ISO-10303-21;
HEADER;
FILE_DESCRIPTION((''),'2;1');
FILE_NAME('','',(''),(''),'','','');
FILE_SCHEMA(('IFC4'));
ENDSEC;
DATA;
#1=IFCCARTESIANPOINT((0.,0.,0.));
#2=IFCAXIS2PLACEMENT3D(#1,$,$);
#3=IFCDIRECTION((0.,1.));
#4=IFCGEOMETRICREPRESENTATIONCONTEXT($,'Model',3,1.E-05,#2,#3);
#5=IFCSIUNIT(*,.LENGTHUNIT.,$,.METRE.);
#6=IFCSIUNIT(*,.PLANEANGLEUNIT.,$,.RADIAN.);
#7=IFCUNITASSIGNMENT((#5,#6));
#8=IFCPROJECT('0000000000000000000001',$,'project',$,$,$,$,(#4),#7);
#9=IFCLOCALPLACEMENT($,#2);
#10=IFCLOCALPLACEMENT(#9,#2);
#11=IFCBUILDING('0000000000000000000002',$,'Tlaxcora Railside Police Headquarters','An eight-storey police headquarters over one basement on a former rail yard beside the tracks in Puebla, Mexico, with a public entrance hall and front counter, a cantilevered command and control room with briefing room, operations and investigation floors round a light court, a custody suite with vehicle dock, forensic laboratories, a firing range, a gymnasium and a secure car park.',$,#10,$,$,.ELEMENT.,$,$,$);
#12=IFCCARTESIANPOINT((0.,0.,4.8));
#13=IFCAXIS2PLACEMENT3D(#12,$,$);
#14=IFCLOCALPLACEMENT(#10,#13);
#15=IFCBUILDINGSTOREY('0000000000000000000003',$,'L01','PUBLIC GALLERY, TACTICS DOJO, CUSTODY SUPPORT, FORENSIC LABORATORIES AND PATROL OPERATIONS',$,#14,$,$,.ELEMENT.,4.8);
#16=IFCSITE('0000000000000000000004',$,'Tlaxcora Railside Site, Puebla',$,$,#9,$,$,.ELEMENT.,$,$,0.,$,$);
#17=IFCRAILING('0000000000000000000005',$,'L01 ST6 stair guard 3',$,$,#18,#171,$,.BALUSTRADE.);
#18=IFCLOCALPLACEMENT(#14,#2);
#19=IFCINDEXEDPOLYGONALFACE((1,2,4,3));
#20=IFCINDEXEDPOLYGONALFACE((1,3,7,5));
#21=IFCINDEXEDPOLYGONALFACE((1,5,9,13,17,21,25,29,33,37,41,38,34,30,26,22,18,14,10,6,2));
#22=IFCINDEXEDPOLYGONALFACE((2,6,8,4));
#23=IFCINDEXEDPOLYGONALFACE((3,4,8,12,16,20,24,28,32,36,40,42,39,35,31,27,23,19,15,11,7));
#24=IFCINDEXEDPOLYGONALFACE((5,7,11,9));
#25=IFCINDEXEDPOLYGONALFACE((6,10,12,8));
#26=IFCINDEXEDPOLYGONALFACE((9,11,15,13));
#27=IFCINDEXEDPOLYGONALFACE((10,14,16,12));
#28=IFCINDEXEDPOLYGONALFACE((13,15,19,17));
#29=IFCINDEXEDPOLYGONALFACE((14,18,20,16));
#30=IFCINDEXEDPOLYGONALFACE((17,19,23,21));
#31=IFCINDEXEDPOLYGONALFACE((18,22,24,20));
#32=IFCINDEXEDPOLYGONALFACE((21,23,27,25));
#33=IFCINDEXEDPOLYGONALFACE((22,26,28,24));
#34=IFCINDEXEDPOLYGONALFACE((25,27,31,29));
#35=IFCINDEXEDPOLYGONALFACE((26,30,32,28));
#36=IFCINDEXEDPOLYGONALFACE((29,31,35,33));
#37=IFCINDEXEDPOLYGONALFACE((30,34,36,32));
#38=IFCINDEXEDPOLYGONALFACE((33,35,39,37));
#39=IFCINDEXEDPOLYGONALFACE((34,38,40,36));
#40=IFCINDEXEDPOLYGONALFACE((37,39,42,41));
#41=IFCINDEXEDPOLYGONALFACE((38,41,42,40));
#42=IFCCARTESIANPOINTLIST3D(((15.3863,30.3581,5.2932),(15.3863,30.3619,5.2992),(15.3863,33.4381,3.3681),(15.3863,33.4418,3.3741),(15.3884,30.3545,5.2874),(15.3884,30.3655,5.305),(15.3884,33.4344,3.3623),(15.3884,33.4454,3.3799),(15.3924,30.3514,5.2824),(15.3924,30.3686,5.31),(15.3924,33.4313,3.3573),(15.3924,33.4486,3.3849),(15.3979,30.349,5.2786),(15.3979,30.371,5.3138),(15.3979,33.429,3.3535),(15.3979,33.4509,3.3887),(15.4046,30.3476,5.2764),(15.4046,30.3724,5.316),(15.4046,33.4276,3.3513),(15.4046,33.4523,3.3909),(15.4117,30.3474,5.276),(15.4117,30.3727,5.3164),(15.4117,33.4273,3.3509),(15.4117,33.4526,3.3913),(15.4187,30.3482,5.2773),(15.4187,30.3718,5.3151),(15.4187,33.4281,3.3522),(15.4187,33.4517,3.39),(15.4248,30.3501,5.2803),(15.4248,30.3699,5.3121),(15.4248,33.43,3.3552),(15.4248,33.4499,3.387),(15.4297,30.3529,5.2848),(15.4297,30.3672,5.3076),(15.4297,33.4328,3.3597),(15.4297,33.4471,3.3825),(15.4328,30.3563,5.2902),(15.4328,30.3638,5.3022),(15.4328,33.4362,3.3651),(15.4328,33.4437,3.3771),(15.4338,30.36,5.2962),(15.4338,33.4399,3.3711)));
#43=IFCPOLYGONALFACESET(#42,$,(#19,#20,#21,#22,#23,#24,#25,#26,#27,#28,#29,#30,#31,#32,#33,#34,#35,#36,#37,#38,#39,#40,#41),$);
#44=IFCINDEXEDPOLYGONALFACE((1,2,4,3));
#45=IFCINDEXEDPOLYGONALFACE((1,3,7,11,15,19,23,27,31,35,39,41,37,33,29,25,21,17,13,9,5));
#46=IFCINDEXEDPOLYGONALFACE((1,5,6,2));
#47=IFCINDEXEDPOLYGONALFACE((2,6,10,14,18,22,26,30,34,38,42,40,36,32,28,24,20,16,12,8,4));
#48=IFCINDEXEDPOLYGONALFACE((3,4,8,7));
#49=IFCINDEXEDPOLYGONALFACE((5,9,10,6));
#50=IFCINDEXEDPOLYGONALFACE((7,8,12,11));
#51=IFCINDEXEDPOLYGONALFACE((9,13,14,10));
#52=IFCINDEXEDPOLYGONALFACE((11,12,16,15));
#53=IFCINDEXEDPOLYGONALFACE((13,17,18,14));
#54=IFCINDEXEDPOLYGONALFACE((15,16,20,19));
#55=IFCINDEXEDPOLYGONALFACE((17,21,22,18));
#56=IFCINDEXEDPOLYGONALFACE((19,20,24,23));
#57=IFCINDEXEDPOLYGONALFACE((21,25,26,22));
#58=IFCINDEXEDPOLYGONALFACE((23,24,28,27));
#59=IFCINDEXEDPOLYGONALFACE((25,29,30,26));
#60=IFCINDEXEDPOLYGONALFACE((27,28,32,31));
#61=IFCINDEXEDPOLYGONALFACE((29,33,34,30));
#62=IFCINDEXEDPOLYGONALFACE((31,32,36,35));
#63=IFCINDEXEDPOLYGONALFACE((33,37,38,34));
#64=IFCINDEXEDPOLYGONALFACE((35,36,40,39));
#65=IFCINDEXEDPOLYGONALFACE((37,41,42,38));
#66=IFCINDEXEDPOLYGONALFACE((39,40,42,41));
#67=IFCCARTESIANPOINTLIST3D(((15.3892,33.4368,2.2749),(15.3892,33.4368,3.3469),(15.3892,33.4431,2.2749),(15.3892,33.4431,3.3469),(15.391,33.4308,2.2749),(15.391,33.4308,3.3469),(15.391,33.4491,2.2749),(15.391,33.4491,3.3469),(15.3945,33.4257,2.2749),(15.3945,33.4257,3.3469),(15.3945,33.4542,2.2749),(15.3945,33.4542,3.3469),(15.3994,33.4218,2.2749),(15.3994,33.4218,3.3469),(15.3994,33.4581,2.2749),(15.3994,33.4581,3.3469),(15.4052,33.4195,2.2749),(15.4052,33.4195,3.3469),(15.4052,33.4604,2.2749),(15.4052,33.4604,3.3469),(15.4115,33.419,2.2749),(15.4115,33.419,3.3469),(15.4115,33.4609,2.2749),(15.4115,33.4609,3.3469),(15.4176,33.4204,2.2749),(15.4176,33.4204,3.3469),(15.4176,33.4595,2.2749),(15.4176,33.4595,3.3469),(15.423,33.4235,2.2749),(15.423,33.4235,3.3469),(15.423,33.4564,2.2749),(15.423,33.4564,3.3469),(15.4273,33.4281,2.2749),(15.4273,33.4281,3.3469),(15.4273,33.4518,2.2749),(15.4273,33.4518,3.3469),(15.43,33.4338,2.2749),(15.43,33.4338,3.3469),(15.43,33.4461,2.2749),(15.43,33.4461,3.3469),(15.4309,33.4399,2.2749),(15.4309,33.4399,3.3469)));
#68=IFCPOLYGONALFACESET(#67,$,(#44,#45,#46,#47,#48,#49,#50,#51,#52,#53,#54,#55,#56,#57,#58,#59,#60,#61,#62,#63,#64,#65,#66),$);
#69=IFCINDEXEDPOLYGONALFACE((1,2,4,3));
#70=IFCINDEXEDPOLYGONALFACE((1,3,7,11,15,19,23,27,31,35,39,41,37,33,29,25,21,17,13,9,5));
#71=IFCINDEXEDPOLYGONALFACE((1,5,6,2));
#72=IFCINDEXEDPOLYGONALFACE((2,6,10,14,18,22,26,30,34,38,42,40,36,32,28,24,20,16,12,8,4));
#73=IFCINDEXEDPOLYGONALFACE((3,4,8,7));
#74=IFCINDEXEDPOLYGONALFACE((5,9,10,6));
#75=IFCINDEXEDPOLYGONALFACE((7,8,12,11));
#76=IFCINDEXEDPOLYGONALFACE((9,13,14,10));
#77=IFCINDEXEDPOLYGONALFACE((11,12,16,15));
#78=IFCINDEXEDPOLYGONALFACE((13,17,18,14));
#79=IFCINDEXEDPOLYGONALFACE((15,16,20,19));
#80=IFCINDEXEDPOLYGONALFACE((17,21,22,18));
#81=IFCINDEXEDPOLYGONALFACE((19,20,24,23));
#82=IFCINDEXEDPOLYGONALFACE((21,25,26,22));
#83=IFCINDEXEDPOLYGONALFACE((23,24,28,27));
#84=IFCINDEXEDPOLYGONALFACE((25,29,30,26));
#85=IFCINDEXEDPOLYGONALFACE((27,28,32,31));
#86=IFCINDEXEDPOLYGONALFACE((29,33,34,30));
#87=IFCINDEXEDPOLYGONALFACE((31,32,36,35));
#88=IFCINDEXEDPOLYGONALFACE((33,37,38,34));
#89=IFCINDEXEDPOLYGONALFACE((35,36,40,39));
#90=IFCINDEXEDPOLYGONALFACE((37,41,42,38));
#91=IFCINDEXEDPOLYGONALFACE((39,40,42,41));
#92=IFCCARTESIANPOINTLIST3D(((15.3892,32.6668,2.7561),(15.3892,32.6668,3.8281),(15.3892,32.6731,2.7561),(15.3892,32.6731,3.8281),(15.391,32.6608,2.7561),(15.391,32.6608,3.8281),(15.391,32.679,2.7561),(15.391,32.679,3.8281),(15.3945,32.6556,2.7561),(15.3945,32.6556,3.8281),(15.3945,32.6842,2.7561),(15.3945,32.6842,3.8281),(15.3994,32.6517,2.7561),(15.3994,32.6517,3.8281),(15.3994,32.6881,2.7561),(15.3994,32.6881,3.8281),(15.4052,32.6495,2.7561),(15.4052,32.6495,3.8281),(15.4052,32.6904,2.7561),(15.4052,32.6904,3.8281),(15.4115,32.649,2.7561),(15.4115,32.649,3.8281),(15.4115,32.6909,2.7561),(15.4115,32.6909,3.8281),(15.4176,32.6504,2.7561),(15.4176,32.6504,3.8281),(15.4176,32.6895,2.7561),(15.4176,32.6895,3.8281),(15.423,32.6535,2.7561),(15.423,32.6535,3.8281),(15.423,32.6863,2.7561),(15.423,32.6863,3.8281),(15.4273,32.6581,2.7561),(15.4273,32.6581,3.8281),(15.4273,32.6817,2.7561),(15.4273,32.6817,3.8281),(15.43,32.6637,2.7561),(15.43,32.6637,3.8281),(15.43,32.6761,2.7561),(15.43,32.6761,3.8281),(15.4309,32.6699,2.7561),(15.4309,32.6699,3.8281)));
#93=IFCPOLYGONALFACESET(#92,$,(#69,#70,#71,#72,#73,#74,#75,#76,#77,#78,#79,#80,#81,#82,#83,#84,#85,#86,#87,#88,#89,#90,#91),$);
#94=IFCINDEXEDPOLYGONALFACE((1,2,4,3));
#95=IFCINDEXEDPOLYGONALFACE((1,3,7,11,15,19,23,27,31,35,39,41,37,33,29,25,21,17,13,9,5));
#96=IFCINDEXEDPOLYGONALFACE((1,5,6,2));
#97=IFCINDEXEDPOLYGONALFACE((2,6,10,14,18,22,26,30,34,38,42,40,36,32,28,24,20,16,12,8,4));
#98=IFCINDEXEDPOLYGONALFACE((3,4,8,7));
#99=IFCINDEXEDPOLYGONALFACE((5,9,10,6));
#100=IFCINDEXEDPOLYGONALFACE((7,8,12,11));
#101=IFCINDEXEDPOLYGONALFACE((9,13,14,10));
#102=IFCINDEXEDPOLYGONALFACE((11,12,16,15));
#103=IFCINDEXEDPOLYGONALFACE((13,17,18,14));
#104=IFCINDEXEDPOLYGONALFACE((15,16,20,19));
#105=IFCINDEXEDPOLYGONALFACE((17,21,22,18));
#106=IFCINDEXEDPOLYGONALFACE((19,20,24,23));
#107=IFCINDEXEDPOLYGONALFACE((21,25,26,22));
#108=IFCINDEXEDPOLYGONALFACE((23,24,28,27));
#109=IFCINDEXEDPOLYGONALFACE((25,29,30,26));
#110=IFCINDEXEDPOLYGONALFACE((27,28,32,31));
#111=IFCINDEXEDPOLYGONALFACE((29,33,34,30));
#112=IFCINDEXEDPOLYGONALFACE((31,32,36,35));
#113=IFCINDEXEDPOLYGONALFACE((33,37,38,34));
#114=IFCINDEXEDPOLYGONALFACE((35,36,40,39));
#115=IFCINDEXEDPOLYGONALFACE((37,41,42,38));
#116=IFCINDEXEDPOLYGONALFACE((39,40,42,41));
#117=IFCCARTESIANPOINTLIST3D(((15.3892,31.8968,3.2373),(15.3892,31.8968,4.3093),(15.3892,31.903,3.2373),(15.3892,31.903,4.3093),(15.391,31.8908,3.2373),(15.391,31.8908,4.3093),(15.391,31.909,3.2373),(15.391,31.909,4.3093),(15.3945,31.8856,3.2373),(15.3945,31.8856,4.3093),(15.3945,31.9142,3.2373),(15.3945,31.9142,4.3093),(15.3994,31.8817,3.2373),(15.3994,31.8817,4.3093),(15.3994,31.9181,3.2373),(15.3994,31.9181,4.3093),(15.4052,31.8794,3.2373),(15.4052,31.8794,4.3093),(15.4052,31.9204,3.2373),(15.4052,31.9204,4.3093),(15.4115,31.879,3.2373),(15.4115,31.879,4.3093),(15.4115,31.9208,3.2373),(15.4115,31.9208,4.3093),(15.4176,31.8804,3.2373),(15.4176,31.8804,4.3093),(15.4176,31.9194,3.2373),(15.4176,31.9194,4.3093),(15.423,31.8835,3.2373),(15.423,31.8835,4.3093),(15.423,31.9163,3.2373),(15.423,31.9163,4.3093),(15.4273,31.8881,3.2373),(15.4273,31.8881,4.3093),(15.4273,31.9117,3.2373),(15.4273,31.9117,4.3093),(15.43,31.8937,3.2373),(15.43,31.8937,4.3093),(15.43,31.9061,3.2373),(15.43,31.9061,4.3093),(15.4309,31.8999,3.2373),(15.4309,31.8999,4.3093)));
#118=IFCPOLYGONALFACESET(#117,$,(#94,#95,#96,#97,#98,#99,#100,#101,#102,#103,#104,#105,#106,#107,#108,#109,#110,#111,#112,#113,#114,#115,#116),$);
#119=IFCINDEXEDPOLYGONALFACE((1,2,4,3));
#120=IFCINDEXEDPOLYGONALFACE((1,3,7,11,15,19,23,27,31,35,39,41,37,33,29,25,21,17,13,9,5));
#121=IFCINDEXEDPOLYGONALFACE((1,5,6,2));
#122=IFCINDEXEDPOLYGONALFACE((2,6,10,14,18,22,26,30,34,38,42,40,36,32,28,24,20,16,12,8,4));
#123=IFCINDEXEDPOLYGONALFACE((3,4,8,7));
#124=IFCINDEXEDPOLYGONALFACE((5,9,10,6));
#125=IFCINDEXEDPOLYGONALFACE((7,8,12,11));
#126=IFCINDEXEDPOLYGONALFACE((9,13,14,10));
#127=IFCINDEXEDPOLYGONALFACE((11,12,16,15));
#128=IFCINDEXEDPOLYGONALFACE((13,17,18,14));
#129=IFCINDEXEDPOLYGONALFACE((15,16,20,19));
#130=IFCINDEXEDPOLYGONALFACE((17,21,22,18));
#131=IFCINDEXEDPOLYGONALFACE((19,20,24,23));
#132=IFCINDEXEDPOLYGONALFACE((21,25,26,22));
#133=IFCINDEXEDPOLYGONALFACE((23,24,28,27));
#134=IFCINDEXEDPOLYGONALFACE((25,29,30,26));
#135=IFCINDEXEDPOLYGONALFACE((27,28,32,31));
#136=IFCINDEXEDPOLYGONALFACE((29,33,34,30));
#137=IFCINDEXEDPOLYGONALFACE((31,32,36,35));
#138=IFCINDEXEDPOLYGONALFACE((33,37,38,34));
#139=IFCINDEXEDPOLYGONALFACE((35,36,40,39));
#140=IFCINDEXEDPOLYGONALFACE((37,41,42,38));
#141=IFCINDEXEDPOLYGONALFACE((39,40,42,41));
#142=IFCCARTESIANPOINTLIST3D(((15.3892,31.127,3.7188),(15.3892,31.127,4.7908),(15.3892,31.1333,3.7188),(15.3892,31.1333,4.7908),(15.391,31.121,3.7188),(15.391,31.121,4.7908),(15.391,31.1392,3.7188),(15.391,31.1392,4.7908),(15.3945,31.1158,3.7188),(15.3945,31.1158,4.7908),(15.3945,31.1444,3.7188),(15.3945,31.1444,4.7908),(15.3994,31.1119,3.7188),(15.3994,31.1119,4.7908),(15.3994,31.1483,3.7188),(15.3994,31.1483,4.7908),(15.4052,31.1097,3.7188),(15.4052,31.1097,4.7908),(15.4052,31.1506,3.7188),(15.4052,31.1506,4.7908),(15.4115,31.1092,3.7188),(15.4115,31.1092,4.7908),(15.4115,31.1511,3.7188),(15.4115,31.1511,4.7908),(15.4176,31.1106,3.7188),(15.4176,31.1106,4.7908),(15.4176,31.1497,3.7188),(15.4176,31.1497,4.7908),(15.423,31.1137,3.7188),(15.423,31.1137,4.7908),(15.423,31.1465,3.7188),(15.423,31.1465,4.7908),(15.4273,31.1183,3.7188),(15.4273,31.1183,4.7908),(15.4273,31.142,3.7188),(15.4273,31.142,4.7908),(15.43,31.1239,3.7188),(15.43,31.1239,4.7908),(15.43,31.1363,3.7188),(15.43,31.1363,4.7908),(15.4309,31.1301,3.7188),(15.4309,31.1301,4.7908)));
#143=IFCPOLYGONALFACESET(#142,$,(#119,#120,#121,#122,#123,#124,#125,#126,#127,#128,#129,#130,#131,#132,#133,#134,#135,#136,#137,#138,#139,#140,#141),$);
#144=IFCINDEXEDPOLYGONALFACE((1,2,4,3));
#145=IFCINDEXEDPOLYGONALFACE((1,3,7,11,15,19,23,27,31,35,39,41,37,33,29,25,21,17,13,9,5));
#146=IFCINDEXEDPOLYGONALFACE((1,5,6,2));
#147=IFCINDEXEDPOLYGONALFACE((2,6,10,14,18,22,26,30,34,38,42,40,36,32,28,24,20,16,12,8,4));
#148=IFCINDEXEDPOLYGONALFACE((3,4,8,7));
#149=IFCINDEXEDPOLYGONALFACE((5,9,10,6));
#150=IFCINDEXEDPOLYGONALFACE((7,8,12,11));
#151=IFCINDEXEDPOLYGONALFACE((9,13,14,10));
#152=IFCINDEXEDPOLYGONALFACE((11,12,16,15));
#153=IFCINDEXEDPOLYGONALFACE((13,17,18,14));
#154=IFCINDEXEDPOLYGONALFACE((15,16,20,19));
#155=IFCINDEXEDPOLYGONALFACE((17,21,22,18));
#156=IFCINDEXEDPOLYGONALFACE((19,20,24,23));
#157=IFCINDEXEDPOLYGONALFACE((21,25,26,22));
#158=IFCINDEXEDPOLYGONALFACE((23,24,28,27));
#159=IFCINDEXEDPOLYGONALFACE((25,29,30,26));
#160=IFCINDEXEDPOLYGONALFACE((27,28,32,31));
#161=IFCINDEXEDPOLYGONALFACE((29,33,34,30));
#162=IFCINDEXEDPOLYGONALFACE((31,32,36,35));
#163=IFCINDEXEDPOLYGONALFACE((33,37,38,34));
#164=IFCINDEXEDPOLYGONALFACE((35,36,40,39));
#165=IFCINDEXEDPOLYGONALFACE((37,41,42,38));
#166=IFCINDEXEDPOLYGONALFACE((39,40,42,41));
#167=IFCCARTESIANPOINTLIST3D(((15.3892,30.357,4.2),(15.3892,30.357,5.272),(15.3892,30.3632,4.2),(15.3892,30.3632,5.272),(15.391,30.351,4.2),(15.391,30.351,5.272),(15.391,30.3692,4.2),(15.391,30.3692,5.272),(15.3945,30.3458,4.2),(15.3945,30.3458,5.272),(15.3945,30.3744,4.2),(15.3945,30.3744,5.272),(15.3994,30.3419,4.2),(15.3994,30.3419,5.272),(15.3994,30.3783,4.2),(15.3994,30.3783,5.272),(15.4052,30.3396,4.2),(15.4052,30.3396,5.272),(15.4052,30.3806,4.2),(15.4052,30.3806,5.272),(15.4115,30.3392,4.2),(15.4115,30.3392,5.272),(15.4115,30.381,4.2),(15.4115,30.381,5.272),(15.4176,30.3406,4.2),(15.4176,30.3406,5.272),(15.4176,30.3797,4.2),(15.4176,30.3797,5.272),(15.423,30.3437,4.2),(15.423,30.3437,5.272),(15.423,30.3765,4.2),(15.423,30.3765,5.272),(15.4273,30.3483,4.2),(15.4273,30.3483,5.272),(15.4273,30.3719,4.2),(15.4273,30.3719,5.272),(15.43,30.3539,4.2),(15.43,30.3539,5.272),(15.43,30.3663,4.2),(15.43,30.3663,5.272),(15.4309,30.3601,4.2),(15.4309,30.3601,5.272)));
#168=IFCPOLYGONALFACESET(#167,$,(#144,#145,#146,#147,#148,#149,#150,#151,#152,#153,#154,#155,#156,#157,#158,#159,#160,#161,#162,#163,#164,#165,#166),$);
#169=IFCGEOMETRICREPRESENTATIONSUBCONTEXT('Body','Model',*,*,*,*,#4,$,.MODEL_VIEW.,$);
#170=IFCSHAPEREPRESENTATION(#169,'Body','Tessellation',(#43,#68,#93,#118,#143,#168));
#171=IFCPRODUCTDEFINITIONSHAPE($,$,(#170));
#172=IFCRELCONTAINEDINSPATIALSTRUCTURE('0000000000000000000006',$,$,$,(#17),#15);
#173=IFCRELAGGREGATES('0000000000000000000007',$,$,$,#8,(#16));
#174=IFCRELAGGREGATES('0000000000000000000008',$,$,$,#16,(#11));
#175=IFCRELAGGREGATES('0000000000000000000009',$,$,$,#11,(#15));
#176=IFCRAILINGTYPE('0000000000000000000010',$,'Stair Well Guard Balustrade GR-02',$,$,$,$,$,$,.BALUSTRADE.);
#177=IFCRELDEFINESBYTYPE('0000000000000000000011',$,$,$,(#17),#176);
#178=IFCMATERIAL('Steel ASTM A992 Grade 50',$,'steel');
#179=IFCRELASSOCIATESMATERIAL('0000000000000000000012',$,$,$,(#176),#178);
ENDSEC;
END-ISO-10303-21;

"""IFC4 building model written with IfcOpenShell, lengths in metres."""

from ifc_helpers import new_model, si_unit, direction, frame, origin, origin_2d, place, context, subcontext, project, spatial, circle, extrude, material, type_object, element, save


model = new_model("IFC4")

# Units and contexts
model_context = context("Model", 3, precision=1e-05, world=origin(), true_north=direction((0.0, 1.0)))
body_context = subcontext(model_context, "Body", "Model", "MODEL_VIEW")
ifc_project = project(units=[si_unit("LENGTHUNIT", "METRE"), si_unit("PLANEANGLEUNIT", "RADIAN")], contexts=[model_context])

# Site, building, storey
site_placement = place(None, origin())
site = spatial("IfcSite", under=ifc_project, at=site_placement, Name="Tlaxcora Railside Site, Puebla", CompositionType="ELEMENT", RefElevation=0.0)
building_placement = place(site_placement, origin())
building = spatial("IfcBuilding", under=site, at=building_placement, Name="Tlaxcora Railside Police Headquarters", Description="An eight-storey police headquarters over one basement on a former rail yard beside the tracks in Puebla, Mexico, with a public entrance hall and front counter, a cantilevered command and control room with briefing room, operations and investigation floors round a light court, a custody suite with vehicle dock, forensic laboratories, a firing range, a gymnasium and a secure car park.", CompositionType="ELEMENT")
storey_placement = place(building_placement, frame((0.0, 0.0, 4.8)))
storey = spatial("IfcBuildingStorey", under=building, at=storey_placement, Name="L01", Description="PUBLIC GALLERY, TACTICS DOJO, CUSTODY SUPPORT, FORENSIC LABORATORIES AND PATROL OPERATIONS", CompositionType="ELEMENT", Elevation=4.8)

# Railing
ifc_material_1 = material(Name="Steel ASTM A992 Grade 50", Category="steel")
railing_type_1 = type_object("IfcRailingType", Name="Stair Well Guard Balustrade GR-02", PredefinedType="BALUSTRADE", material=ifc_material_1)
railing_1_placement = place(storey_placement, frame((15.4099, 33.4399, 2.2749)))
element("IfcRailing", 1, at=railing_1_placement, inside=storey, type_object=railing_type_1, Name="L01 ST6 stair guard 3", PredefinedType="BALUSTRADE", context=body_context, shape_type="SweptSolid", body=[
    extrude(circle(Radius=0.0239, at=origin_2d()), frame((0.0, 0.0, 1.0962), z_axis=(0.0, -0.847979, 0.530029), x_axis=(1.0, 0.0, 0.0)), (0.0, 0.0, 1.0), 3.6321),
    extrude(circle(Radius=0.021, at=origin_2d()), origin(), (0.0, 0.0, 1.0), 1.072),
    extrude(circle(Radius=0.021, at=origin_2d()), frame((0.0, -0.77, 0.4812)), (0.0, 0.0, 1.0), 1.072),
    extrude(circle(Radius=0.021, at=origin_2d()), frame((0.0, -1.54, 0.9624)), (0.0, 0.0, 1.0), 1.072),
    extrude(circle(Radius=0.021, at=origin_2d()), frame((0.0, -2.3098, 1.4438)), (0.0, 0.0, 1.0), 1.072),
    extrude(circle(Radius=0.021, at=origin_2d()), frame((0.0, -3.0798, 1.925)), (0.0, 0.0, 1.0), 1.072),
])

save(model, "model.ifc")
